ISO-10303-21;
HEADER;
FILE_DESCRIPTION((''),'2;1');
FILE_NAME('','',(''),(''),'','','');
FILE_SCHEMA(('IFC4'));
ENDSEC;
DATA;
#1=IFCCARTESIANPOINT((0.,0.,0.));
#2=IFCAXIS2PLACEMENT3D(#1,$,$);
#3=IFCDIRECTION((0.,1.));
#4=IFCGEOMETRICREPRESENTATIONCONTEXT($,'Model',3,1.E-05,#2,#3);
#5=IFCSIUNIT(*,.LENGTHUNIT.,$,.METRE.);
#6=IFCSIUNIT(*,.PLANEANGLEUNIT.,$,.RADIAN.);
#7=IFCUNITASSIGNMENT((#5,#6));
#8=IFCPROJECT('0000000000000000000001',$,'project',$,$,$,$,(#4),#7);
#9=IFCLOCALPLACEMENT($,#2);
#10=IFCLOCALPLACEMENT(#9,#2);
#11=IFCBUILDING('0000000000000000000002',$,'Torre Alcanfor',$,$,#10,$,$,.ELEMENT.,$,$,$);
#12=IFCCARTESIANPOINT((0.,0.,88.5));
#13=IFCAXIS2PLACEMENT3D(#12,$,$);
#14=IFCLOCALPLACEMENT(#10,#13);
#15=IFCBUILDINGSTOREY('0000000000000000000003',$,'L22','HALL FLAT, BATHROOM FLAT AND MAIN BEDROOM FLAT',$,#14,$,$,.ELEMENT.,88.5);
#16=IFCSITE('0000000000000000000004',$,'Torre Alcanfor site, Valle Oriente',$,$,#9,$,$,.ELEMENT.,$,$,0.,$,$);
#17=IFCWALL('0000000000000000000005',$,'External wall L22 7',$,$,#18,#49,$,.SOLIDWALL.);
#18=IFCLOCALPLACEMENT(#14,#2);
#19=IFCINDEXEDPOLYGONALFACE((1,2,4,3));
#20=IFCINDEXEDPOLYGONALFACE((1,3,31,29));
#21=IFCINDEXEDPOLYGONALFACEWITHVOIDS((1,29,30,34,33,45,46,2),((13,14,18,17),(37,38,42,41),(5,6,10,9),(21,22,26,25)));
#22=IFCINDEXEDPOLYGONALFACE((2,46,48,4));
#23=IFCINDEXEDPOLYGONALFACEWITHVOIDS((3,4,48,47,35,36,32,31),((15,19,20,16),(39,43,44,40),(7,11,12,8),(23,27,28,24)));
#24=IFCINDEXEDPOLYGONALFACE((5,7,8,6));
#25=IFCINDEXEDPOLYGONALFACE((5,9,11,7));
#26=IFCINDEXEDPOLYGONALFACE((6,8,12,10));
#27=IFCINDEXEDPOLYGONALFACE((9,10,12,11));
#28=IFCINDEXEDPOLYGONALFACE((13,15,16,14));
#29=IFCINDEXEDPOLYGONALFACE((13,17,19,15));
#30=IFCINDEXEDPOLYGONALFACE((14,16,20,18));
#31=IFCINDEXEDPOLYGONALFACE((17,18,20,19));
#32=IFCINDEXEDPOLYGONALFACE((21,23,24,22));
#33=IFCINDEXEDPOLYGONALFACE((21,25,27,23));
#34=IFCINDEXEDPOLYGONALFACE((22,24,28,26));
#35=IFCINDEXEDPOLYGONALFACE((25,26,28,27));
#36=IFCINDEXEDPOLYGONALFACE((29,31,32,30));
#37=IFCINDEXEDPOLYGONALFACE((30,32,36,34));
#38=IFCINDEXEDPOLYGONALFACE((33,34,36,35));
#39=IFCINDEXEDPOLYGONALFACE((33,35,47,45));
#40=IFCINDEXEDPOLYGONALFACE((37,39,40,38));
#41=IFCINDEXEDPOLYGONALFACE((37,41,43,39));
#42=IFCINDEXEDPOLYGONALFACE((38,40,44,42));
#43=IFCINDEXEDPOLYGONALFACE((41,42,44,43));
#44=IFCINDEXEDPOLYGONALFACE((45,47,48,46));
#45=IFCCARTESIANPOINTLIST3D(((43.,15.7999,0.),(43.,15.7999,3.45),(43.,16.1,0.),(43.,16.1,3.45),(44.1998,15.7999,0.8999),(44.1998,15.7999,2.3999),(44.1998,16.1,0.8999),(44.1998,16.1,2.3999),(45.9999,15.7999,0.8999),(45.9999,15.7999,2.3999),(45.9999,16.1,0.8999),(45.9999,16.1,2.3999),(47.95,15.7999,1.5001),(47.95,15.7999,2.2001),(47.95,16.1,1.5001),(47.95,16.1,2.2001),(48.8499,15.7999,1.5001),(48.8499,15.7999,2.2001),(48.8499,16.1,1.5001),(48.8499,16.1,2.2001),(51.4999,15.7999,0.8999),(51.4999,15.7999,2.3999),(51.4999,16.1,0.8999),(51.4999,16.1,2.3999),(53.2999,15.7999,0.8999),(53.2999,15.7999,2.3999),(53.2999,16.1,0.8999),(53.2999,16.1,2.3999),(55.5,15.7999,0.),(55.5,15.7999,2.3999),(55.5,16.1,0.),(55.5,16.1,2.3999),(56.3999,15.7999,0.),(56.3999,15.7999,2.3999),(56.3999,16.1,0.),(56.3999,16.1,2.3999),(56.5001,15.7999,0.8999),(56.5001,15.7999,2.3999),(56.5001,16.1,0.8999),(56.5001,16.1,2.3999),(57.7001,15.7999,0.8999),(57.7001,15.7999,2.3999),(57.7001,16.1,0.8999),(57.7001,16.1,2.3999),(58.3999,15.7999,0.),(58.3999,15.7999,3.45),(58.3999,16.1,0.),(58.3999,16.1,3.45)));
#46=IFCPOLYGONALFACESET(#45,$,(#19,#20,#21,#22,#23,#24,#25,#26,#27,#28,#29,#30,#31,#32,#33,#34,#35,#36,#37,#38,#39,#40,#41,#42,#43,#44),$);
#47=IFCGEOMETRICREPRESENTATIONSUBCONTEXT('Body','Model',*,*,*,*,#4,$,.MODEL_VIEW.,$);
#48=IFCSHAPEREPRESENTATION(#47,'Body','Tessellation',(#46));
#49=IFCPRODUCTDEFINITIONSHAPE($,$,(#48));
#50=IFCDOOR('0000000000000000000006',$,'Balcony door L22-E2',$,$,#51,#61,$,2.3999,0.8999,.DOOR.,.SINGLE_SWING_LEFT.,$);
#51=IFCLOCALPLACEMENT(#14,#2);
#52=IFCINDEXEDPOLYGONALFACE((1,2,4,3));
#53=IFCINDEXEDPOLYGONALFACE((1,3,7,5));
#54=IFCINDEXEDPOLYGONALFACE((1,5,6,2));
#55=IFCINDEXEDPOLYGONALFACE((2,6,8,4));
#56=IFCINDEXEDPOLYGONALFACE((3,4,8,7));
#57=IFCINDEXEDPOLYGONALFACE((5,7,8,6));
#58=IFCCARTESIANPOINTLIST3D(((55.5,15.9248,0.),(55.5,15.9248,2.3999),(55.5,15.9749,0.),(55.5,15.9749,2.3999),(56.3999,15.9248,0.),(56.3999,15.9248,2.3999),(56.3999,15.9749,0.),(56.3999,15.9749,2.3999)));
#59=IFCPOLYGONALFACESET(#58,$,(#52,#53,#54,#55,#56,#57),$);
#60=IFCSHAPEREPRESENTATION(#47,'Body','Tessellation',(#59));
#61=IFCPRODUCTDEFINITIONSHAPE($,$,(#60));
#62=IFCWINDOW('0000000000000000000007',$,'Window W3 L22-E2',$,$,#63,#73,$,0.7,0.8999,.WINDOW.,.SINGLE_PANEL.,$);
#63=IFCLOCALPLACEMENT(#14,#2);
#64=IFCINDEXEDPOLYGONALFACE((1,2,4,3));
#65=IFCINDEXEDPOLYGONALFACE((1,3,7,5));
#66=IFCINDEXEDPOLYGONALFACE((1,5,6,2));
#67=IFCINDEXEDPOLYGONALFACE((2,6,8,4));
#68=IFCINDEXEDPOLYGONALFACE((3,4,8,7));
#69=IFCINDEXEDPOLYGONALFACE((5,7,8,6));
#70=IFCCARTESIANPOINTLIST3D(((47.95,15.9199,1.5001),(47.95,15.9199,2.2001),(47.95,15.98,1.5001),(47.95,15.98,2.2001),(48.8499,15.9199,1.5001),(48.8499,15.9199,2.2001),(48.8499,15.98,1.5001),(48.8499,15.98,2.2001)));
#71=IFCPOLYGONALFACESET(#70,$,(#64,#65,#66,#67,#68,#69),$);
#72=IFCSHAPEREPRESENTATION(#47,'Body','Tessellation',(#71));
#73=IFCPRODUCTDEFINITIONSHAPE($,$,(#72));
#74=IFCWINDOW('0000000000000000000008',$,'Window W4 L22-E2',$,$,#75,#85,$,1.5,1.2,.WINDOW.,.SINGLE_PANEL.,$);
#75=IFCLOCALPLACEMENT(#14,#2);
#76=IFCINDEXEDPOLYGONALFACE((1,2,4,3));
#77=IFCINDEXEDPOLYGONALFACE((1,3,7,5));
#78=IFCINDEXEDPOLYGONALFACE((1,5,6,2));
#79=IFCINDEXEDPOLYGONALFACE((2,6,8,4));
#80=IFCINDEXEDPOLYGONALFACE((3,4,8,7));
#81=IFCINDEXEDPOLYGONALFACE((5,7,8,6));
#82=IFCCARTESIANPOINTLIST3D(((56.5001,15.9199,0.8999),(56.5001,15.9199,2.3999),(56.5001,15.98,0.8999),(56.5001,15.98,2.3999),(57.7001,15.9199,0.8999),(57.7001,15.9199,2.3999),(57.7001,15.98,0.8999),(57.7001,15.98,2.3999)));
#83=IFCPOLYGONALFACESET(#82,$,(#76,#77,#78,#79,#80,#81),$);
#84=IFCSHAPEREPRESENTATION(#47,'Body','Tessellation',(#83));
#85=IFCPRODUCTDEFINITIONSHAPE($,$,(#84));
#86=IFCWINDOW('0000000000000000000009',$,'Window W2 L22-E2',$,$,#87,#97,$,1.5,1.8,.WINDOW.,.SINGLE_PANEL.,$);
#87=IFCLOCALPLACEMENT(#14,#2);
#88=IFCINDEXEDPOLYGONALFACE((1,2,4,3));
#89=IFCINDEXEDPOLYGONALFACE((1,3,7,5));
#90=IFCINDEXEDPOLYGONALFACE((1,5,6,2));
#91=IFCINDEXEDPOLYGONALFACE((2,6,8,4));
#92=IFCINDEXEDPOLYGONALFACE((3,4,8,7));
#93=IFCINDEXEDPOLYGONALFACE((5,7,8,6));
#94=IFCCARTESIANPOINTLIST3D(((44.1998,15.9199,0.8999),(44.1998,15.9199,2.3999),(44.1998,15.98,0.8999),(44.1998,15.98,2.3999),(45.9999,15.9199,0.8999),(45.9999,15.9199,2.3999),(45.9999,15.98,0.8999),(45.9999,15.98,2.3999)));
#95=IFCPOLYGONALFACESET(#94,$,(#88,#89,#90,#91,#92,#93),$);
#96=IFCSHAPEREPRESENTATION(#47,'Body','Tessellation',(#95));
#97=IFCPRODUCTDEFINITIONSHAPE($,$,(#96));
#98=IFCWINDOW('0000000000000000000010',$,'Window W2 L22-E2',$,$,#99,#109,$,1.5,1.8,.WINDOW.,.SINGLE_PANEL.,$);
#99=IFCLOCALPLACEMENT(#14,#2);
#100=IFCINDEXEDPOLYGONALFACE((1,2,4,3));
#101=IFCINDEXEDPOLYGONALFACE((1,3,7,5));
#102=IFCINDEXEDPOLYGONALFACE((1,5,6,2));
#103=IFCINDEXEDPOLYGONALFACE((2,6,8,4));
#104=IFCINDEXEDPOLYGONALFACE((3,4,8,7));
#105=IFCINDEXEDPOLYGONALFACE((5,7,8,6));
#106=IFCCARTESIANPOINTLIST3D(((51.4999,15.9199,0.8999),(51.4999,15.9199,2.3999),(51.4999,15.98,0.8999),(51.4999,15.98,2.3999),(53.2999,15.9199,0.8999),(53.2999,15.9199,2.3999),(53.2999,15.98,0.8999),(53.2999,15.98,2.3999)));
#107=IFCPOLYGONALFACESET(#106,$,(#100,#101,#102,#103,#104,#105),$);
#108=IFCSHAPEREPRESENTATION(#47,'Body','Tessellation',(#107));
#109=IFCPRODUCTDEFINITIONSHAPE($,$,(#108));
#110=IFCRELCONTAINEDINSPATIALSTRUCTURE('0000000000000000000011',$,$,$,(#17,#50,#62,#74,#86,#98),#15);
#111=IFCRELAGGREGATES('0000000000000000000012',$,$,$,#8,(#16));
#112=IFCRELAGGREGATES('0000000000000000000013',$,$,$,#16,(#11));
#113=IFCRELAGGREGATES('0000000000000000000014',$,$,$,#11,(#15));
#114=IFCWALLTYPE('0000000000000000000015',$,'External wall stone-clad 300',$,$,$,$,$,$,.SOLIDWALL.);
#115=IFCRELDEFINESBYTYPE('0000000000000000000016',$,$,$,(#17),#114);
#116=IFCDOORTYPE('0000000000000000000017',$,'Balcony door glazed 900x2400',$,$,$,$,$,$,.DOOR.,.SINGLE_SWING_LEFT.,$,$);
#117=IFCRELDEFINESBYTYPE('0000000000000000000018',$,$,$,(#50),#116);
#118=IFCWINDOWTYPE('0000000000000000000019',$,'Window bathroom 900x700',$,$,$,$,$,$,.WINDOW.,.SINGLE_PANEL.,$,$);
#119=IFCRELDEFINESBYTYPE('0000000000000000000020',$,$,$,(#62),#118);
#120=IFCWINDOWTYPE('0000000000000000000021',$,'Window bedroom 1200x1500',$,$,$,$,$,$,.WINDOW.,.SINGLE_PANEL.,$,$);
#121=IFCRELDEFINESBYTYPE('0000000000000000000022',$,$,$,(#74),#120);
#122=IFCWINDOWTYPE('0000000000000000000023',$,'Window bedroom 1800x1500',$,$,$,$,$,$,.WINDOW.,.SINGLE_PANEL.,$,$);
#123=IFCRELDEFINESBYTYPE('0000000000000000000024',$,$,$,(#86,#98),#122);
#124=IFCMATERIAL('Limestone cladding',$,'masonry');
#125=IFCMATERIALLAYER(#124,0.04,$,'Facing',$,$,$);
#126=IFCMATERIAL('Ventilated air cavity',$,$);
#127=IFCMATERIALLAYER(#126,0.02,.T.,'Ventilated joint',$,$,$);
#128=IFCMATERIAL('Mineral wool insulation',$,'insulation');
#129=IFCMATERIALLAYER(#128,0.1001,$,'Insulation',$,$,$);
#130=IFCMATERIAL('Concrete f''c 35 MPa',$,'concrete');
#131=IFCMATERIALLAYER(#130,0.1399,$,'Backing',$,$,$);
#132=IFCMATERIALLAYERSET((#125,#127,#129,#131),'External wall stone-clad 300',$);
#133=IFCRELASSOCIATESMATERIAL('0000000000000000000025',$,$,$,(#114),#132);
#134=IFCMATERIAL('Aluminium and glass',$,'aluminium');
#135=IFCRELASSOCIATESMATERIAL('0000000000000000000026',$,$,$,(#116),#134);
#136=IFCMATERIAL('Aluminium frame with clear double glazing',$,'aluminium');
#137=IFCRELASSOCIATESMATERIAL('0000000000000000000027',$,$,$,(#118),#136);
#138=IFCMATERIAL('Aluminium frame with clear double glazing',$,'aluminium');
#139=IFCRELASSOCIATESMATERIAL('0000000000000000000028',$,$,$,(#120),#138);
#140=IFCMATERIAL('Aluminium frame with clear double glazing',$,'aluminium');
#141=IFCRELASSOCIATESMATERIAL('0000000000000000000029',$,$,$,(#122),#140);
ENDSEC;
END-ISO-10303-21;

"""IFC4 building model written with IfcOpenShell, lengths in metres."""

from ifc_helpers import new_model, si_unit, direction, frame, frame_2d, origin, place, context, subcontext, project, spatial, rectangle, extrude, material, layer, layer_set, type_object, element, fill, save


model = new_model("IFC4")

# Units and contexts
model_context = context("Model", 3, precision=1e-05, world=origin(), true_north=direction((0.0, 1.0)))
body_context = subcontext(model_context, "Body", "Model", "MODEL_VIEW")
ifc_project = project(units=[si_unit("LENGTHUNIT", "METRE"), si_unit("PLANEANGLEUNIT", "RADIAN")], contexts=[model_context])

# Site, building, storey
site_placement = place(None, origin())
site = spatial("IfcSite", under=ifc_project, at=site_placement, Name="Torre Alcanfor site, Valle Oriente", CompositionType="ELEMENT", RefElevation=0.0)
building_placement = place(site_placement, origin())
building = spatial("IfcBuilding", under=site, at=building_placement, Name="Torre Alcanfor", CompositionType="ELEMENT")
storey_placement = place(building_placement, frame((0.0, 0.0, 88.5)))
storey = spatial("IfcBuildingStorey", under=building, at=storey_placement, Name="L22", Description="HALL FLAT, BATHROOM FLAT AND MAIN BEDROOM FLAT", CompositionType="ELEMENT", Elevation=88.5)

# Wall, openings, door, windows
ifc_material_1 = material(Name="Limestone cladding", Category="masonry")
ifc_layer_1 = layer(ifc_material_1, 0.04, Name="Facing")
ifc_material_2 = material(Name="Ventilated air cavity")
ifc_layer_2 = layer(ifc_material_2, 0.02, ventilated=True, Name="Ventilated joint")
ifc_material_3 = material(Name="Mineral wool insulation", Category="insulation")
ifc_layer_3 = layer(ifc_material_3, 0.1001, Name="Insulation")
ifc_material_4 = material(Name="Concrete f'c 35 MPa", Category="concrete")
ifc_layer_4 = layer(ifc_material_4, 0.1399, Name="Backing")
ifc_layer_set_1 = layer_set([ifc_layer_1, ifc_layer_2, ifc_layer_3, ifc_layer_4], Name="External wall stone-clad 300")
wall_type_1 = type_object("IfcWallType", Name="External wall stone-clad 300", PredefinedType="SOLIDWALL", material=ifc_layer_set_1)
ifc_material_5 = material(Name="Aluminium and glass", Category="aluminium")
door_type = type_object("IfcDoorType", Name="Balcony door glazed 900x2400", OperationType="SINGLE_SWING_LEFT", PredefinedType="DOOR", material=ifc_material_5)
ifc_material_6 = material(Name="Aluminium frame with clear double glazing", Category="aluminium")
window_type_1 = type_object("IfcWindowType", Name="Window bathroom 900x700", PartitioningType="SINGLE_PANEL", PredefinedType="WINDOW", material=ifc_material_6)
ifc_material_7 = material(Name="Aluminium frame with clear double glazing", Category="aluminium")
window_type_2 = type_object("IfcWindowType", Name="Window bedroom 1200x1500", PartitioningType="SINGLE_PANEL", PredefinedType="WINDOW", material=ifc_material_7)
ifc_material_8 = material(Name="Aluminium frame with clear double glazing", Category="aluminium")
window_type_3 = type_object("IfcWindowType", Name="Window bedroom 1800x1500", PartitioningType="SINGLE_PANEL", PredefinedType="WINDOW", material=ifc_material_8)
wall_1_placement = place(storey_placement, frame((43.0, 15.95, 0.0), z_axis=(0.0, 0.0, 1.0), x_axis=(1.0, 0.0, 0.0)))
wall_1 = element("IfcWall", 1, at=wall_1_placement, inside=storey, type_object=wall_type_1, Name="External wall L22 7", PredefinedType="SOLIDWALL", context=body_context, shape_type="SweptSolid", body=[
    extrude(rectangle(XDim=15.3999, YDim=0.3, at=frame_2d((7.7, 0.0))), origin(), (0.0, 0.0, 1.0), 3.45),
])
opening_1_placement = place(wall_1_placement, frame((1.2, 0.0, 0.8999)))
opening_1 = element("IfcOpeningElement", 2, at=opening_1_placement, cuts=wall_1, PredefinedType="OPENING", context=body_context, shape_type="SweptSolid", body=[
    extrude(rectangle(XDim=1.8, YDim=1.5, at=frame_2d((0.8999, 0.75))), frame((0.0, 0.1599, 0.0), z_axis=(0.0, -1.0, 0.0), x_axis=(1.0, 0.0, 0.0)), (0.0, 0.0, 1.0), 0.3201),
])
opening_2_placement = place(wall_1_placement, frame((4.95, 0.0, 1.5)))
opening_2 = element("IfcOpeningElement", 3, at=opening_2_placement, cuts=wall_1, PredefinedType="OPENING", context=body_context, shape_type="SweptSolid", body=[
    extrude(rectangle(XDim=0.8999, YDim=0.7, at=frame_2d((0.45, 0.3501))), frame((0.0, 0.1599, 0.0), z_axis=(0.0, -1.0, 0.0), x_axis=(1.0, 0.0, 0.0)), (0.0, 0.0, 1.0), 0.3201),
])
opening_3_placement = place(wall_1_placement, frame((8.5, 0.0, 0.8999)))
opening_3 = element("IfcOpeningElement", 4, at=opening_3_placement, cuts=wall_1, PredefinedType="OPENING", context=body_context, shape_type="SweptSolid", body=[
    extrude(rectangle(XDim=1.8, YDim=1.5, at=frame_2d((0.8999, 0.75))), frame((0.0, 0.1599, 0.0), z_axis=(0.0, -1.0, 0.0), x_axis=(1.0, 0.0, 0.0)), (0.0, 0.0, 1.0), 0.3201),
])
opening_4_placement = place(wall_1_placement, frame((12.5, 0.0, 0.0)))
opening_4 = element("IfcOpeningElement", 5, at=opening_4_placement, cuts=wall_1, PredefinedType="OPENING", context=body_context, shape_type="SweptSolid", body=[
    extrude(rectangle(XDim=0.8999, YDim=2.3999, at=frame_2d((0.45, 1.2))), frame((0.0, 0.1599, 0.0), z_axis=(0.0, -1.0, 0.0), x_axis=(1.0, 0.0, 0.0)), (0.0, 0.0, 1.0), 0.3201),
])
opening_5_placement = place(wall_1_placement, frame((13.5, 0.0, 0.8999)))
opening_5 = element("IfcOpeningElement", 6, at=opening_5_placement, cuts=wall_1, PredefinedType="OPENING", context=body_context, shape_type="SweptSolid", body=[
    extrude(rectangle(XDim=1.2, YDim=1.5, at=frame_2d((0.6001, 0.75))), frame((0.0, 0.1599, 0.0), z_axis=(0.0, -1.0, 0.0), x_axis=(1.0, 0.0, 0.0)), (0.0, 0.0, 1.0), 0.3201),
])
door_1_placement = place(opening_4_placement, origin())
door_1 = element("IfcDoor", 7, at=door_1_placement, inside=storey, type_object=door_type, Name="Balcony door L22-E2", OperationType="SINGLE_SWING_LEFT", OverallHeight=2.3999, OverallWidth=0.8999, PredefinedType="DOOR", context=body_context, shape_type="SweptSolid", body=[
    extrude(rectangle(XDim=0.8999, YDim=2.3999, at=frame_2d((0.45, 1.2))), frame((0.0, 0.0249, 0.0), z_axis=(0.0, -1.0, 0.0), x_axis=(1.0, 0.0, 0.0)), (0.0, 0.0, 1.0), 0.05),
])
fill(opening_4, door_1)
window_1_placement = place(opening_2_placement, origin())
window_1 = element("IfcWindow", 8, at=window_1_placement, inside=storey, type_object=window_type_1, Name="Window W3 L22-E2", OverallHeight=0.7, OverallWidth=0.8999, PartitioningType="SINGLE_PANEL", PredefinedType="WINDOW", context=body_context, shape_type="SweptSolid", body=[
    extrude(rectangle(XDim=0.8999, YDim=0.7, at=frame_2d((0.45, 0.3501))), frame((0.0, 0.03, 0.0), z_axis=(0.0, -1.0, 0.0), x_axis=(1.0, 0.0, 0.0)), (0.0, 0.0, 1.0), 0.0601),
])
fill(opening_2, window_1)
window_2_placement = place(opening_5_placement, origin())
window_2 = element("IfcWindow", 9, at=window_2_placement, inside=storey, type_object=window_type_2, Name="Window W4 L22-E2", OverallHeight=1.5, OverallWidth=1.2, PartitioningType="SINGLE_PANEL", PredefinedType="WINDOW", context=body_context, shape_type="SweptSolid", body=[
    extrude(rectangle(XDim=1.2, YDim=1.5, at=frame_2d((0.6001, 0.75))), frame((0.0, 0.03, 0.0), z_axis=(0.0, -1.0, 0.0), x_axis=(1.0, 0.0, 0.0)), (0.0, 0.0, 1.0), 0.0601),
])
fill(opening_5, window_2)
window_3_placement = place(opening_1_placement, origin())
window_3 = element("IfcWindow", 10, at=window_3_placement, inside=storey, type_object=window_type_3, Name="Window W2 L22-E2", OverallHeight=1.5, OverallWidth=1.8, PartitioningType="SINGLE_PANEL", PredefinedType="WINDOW", context=body_context, shape_type="SweptSolid", body=[
    extrude(rectangle(XDim=1.8, YDim=1.5, at=frame_2d((0.8999, 0.75))), frame((0.0, 0.03, 0.0), z_axis=(0.0, -1.0, 0.0), x_axis=(1.0, 0.0, 0.0)), (0.0, 0.0, 1.0), 0.0601),
])
fill(opening_1, window_3)
window_4_placement = place(opening_3_placement, origin())
window_4 = element("IfcWindow", 11, at=window_4_placement, inside=storey, type_object=window_type_3, Name="Window W2 L22-E2", OverallHeight=1.5, OverallWidth=1.8, PartitioningType="SINGLE_PANEL", PredefinedType="WINDOW", context=body_context, shape_type="SweptSolid", body=[
    extrude(rectangle(XDim=1.8, YDim=1.5, at=frame_2d((0.8999, 0.75))), frame((0.0, 0.03, 0.0), z_axis=(0.0, -1.0, 0.0), x_axis=(1.0, 0.0, 0.0)), (0.0, 0.0, 1.0), 0.0601),
])
fill(opening_3, window_4)

save(model, "model.ifc")
